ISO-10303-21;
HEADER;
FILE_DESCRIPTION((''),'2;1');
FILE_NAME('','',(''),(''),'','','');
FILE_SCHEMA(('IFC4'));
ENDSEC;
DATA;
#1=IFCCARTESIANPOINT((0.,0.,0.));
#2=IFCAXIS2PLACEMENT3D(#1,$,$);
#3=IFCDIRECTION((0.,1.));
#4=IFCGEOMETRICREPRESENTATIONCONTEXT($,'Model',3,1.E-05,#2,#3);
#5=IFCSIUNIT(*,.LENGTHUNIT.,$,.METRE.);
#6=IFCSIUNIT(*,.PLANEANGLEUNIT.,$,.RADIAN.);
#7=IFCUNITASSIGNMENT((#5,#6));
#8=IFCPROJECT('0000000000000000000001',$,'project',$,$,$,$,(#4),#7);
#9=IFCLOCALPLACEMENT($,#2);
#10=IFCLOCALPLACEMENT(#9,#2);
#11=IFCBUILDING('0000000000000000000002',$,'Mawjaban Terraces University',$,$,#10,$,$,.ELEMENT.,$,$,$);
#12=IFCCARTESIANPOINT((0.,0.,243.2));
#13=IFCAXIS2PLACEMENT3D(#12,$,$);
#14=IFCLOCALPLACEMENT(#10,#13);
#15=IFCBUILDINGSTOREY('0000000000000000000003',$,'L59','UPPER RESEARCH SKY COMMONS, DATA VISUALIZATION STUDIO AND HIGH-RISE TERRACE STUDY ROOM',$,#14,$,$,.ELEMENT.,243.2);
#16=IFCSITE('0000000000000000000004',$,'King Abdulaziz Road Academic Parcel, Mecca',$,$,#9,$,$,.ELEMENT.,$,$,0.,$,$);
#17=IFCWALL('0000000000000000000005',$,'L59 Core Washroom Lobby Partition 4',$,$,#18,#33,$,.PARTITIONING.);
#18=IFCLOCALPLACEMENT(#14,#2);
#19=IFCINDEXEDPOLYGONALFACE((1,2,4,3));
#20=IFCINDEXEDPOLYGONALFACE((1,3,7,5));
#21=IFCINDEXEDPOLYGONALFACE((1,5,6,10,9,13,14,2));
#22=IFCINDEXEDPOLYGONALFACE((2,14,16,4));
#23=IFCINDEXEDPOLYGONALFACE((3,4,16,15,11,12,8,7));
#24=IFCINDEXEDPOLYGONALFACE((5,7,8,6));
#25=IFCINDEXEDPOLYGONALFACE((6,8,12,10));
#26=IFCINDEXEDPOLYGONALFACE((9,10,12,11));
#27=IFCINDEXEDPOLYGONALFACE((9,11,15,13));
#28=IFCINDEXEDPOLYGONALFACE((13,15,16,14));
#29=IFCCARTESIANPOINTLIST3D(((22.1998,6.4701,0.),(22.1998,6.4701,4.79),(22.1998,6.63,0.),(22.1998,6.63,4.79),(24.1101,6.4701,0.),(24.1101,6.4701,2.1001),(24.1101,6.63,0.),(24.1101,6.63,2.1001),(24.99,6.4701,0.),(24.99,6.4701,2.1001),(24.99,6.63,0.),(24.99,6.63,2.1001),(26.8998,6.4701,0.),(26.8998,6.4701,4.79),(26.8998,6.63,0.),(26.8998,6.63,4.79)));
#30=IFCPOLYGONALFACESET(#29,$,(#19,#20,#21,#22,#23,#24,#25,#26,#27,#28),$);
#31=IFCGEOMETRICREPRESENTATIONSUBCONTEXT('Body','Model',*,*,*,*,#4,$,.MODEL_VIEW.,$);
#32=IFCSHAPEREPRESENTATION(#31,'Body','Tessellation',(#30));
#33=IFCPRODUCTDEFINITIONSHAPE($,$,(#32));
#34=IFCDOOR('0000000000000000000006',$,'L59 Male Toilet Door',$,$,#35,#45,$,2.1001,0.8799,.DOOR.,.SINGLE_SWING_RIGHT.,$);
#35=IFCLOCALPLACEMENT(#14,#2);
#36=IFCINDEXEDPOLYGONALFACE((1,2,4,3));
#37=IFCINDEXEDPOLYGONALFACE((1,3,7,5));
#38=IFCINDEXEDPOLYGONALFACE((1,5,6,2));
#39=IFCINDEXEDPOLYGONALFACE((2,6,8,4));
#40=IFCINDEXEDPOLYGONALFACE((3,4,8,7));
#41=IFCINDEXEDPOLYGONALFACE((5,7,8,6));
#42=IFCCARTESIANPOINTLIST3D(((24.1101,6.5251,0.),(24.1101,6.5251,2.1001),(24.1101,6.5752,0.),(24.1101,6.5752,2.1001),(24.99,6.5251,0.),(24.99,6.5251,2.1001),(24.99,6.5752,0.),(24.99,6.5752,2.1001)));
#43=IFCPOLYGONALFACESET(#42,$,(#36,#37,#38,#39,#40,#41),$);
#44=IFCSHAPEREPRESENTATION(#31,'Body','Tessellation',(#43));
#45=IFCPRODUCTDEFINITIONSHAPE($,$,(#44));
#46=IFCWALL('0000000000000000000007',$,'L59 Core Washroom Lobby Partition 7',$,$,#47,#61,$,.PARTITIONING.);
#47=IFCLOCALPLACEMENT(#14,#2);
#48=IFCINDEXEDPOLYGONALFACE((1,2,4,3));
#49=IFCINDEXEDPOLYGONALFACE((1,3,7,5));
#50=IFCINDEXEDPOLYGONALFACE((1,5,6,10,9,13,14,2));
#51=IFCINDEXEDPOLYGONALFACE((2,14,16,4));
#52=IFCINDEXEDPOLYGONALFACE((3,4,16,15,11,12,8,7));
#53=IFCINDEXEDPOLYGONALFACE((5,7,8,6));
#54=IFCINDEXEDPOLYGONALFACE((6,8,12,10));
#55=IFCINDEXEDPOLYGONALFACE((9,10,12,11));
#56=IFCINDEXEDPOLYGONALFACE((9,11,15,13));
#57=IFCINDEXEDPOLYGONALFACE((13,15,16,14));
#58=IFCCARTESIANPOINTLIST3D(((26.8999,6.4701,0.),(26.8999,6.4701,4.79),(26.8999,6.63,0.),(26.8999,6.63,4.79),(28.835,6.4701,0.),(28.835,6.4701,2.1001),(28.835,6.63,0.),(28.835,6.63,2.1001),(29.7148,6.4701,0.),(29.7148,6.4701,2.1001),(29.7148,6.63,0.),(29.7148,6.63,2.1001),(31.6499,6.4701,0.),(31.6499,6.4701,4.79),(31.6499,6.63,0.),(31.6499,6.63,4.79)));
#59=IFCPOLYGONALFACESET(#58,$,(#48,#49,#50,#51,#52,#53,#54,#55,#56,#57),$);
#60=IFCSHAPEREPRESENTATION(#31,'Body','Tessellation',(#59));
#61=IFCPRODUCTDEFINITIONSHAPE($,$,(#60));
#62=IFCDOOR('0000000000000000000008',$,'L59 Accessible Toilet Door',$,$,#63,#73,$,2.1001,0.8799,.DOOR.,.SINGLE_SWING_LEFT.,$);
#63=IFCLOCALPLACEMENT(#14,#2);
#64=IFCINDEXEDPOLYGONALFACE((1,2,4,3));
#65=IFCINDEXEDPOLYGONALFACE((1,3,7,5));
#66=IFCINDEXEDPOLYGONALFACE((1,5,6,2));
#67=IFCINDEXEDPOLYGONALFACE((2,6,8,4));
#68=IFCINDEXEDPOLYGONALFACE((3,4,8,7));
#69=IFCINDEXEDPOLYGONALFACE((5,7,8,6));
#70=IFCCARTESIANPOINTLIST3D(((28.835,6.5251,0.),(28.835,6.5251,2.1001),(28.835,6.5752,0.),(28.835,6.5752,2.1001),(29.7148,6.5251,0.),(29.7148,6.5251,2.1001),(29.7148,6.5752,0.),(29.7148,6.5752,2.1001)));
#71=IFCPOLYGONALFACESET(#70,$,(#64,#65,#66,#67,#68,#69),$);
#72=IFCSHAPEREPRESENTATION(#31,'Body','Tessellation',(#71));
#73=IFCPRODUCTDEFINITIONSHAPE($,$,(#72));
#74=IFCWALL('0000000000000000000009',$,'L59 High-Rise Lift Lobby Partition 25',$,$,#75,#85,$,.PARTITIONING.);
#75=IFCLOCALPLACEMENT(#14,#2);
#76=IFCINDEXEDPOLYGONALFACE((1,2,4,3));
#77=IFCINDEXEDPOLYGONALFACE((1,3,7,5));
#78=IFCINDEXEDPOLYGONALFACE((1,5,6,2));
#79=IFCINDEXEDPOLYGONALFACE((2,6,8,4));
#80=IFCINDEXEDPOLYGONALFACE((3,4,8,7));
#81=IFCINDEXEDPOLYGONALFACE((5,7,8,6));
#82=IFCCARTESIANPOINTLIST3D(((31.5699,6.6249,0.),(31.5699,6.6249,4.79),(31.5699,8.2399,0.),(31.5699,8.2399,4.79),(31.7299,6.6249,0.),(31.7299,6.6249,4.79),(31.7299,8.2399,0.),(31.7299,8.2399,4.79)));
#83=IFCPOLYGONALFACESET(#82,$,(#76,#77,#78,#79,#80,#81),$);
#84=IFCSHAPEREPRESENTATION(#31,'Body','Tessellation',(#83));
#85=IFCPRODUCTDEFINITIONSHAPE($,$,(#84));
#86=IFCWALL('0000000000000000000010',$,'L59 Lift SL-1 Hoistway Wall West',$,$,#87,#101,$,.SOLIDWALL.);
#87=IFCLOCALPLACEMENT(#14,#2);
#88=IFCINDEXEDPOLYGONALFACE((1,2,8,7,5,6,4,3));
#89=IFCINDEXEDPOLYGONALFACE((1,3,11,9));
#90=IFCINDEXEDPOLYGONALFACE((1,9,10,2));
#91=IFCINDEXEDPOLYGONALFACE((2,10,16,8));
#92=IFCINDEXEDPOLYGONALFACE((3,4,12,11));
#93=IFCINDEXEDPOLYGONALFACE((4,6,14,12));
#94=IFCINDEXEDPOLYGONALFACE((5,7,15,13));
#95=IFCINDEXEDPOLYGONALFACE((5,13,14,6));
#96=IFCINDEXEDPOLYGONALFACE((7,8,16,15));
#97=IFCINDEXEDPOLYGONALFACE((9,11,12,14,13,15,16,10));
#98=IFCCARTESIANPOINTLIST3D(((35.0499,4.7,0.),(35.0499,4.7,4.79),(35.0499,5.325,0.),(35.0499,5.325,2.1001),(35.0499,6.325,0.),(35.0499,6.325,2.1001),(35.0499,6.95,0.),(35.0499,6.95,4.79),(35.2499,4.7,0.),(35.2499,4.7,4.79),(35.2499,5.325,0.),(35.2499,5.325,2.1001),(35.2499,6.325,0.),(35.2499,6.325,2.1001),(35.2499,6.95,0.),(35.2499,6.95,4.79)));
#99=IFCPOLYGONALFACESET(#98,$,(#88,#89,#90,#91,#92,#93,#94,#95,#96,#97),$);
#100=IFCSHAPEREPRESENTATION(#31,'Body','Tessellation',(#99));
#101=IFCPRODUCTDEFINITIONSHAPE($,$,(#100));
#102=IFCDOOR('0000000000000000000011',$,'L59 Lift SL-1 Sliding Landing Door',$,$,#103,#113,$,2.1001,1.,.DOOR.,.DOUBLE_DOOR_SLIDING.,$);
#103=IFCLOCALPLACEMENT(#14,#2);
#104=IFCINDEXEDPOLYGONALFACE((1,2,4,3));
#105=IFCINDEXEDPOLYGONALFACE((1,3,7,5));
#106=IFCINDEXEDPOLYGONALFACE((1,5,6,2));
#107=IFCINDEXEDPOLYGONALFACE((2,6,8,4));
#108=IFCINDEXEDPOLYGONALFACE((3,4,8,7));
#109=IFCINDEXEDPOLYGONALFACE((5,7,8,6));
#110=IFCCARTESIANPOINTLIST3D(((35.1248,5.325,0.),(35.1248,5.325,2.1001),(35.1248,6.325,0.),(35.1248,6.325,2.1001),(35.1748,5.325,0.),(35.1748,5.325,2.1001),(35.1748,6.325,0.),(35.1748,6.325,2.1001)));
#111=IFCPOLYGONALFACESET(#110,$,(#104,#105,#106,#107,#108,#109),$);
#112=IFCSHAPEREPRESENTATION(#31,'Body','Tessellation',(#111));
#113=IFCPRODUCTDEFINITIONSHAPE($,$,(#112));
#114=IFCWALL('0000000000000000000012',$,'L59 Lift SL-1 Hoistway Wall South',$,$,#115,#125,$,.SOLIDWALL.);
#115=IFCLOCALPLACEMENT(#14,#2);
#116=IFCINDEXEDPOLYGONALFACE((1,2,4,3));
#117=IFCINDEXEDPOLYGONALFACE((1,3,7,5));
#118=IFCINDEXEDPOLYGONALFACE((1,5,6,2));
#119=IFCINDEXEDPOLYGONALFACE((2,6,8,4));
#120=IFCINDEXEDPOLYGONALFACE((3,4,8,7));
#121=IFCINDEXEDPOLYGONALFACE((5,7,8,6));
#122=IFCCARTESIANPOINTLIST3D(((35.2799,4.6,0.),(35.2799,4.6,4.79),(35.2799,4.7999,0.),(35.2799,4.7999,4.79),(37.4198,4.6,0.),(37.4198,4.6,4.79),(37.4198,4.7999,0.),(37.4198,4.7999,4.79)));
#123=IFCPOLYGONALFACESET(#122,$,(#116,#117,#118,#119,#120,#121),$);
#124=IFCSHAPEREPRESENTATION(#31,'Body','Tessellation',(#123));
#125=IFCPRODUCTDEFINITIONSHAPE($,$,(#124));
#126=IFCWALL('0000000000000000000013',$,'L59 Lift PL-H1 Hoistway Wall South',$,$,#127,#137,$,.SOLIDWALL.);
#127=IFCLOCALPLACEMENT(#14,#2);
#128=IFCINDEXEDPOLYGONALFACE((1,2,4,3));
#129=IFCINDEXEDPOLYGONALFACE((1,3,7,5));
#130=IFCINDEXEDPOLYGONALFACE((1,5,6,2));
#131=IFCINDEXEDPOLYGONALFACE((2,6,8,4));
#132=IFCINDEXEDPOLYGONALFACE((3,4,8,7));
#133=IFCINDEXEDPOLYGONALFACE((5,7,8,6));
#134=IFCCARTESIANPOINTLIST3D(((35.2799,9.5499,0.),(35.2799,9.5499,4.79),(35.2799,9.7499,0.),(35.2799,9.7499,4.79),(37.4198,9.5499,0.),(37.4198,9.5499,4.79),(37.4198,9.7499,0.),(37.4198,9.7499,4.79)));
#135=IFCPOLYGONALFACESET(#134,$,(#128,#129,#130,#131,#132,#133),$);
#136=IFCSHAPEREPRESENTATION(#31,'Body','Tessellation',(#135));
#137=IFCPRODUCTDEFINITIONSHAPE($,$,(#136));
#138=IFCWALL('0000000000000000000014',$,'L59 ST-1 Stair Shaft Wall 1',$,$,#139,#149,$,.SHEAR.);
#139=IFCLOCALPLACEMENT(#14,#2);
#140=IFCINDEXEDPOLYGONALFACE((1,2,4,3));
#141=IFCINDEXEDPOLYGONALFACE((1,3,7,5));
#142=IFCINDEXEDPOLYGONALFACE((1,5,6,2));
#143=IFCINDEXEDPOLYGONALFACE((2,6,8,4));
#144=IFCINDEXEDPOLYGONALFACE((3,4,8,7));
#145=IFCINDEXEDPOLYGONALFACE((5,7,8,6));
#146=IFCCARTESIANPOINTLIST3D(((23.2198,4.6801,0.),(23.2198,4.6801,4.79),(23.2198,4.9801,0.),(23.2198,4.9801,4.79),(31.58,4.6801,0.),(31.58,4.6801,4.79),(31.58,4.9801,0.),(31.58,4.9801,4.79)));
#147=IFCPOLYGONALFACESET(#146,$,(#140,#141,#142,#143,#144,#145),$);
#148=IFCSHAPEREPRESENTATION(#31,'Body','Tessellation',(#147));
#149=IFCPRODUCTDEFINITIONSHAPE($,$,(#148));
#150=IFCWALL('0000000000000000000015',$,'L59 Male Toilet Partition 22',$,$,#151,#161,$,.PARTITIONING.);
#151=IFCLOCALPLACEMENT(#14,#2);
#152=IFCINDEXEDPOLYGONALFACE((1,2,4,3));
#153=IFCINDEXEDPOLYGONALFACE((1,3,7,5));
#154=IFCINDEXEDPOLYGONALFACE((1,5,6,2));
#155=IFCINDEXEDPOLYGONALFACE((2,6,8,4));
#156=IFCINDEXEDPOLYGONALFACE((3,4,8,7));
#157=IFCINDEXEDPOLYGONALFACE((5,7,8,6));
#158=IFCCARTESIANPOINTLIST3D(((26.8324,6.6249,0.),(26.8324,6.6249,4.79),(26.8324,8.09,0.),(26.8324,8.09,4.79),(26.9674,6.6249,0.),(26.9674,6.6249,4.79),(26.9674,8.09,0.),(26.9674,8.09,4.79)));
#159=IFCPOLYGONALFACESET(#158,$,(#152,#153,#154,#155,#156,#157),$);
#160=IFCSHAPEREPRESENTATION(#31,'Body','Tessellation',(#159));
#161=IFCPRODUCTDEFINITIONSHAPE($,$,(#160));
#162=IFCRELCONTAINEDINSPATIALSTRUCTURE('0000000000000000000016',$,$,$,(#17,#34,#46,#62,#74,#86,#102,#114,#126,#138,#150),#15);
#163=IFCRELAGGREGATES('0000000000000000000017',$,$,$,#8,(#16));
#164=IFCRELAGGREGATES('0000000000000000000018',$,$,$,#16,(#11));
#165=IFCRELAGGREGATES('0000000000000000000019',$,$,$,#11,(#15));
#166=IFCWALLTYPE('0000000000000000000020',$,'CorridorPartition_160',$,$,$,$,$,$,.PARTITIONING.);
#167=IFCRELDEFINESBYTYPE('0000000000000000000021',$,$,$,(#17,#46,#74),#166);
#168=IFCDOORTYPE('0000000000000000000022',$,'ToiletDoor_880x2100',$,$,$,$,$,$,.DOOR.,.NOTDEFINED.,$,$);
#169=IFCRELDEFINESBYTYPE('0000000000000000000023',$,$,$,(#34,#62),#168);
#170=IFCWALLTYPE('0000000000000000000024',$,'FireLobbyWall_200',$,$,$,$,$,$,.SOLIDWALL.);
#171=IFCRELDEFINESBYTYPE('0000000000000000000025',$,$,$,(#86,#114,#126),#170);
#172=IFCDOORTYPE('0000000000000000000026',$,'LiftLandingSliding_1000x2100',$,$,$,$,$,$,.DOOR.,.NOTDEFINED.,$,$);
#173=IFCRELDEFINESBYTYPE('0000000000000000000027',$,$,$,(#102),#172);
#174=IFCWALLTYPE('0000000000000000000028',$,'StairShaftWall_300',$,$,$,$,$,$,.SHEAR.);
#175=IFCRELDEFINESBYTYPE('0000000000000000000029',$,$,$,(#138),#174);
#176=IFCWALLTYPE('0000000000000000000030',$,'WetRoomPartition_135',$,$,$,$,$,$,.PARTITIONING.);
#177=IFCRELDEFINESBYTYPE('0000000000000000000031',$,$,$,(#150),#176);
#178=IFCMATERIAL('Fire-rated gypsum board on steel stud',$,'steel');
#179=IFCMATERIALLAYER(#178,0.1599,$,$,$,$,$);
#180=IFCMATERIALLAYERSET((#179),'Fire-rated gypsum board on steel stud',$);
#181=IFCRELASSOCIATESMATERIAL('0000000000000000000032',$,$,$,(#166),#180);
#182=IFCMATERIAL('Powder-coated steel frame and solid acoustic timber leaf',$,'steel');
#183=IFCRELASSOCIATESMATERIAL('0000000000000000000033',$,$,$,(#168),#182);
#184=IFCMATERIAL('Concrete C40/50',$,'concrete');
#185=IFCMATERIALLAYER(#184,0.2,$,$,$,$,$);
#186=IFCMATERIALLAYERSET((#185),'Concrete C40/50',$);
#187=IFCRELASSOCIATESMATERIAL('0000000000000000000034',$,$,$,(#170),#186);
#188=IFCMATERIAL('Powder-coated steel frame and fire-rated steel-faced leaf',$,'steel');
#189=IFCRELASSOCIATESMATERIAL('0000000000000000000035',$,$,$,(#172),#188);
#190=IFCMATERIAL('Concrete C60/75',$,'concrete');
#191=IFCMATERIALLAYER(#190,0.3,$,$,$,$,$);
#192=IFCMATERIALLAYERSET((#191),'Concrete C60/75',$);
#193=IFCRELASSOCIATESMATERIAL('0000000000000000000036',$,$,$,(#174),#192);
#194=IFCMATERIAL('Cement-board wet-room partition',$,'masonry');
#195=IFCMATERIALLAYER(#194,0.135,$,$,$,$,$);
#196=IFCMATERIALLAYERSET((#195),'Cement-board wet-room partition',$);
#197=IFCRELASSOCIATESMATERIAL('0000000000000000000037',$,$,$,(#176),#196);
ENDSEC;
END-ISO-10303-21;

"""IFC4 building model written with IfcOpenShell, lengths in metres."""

from ifc_helpers import new_model, si_unit, direction, frame, frame_2d, origin, place, context, subcontext, project, spatial, rectangle, extrude, material, layer, layer_set, type_object, element, fill, save


model = new_model("IFC4")

# Units and contexts
model_context = context("Model", 3, precision=1e-05, world=origin(), true_north=direction((0.0, 1.0)))
body_context = subcontext(model_context, "Body", "Model", "MODEL_VIEW")
ifc_project = project(units=[si_unit("LENGTHUNIT", "METRE"), si_unit("PLANEANGLEUNIT", "RADIAN")], contexts=[model_context])

# Site, building, storey
site_placement = place(None, origin())
site = spatial("IfcSite", under=ifc_project, at=site_placement, Name="King Abdulaziz Road Academic Parcel, Mecca", CompositionType="ELEMENT", RefElevation=0.0)
building_placement = place(site_placement, origin())
building = spatial("IfcBuilding", under=site, at=building_placement, Name="Mawjaban Terraces University", CompositionType="ELEMENT")
storey_placement = place(building_placement, frame((0.0, 0.0, 243.2)))
storey = spatial("IfcBuildingStorey", under=building, at=storey_placement, Name="L59", Description="UPPER RESEARCH SKY COMMONS, DATA VISUALIZATION STUDIO AND HIGH-RISE TERRACE STUDY ROOM", CompositionType="ELEMENT", Elevation=243.2)

# Walls, openings, doors
ifc_material_1 = material(Name="Fire-rated gypsum board on steel stud", Category="steel")
ifc_layer_1 = layer(ifc_material_1, 0.1599)
ifc_layer_set_1 = layer_set([ifc_layer_1], Name="Fire-rated gypsum board on steel stud")
wall_type_1 = type_object("IfcWallType", Name="CorridorPartition_160", PredefinedType="PARTITIONING", material=ifc_layer_set_1)
wall_1_placement = place(storey_placement, frame((26.8999, 6.55, 0.0), z_axis=(0.0, 0.0, 1.0), x_axis=(-1.0, 0.0, 0.0)))
wall_1 = element("IfcWall", 1, at=wall_1_placement, inside=storey, type_object=wall_type_1, Name="L59 Core Washroom Lobby Partition 4", PredefinedType="PARTITIONING", context=body_context, shape_type="SweptSolid", body=[
    extrude(rectangle(XDim=4.7, YDim=0.1599, at=frame_2d((2.3501, 0.0))), origin(), (0.0, 0.0, 1.0), 4.79),
])
opening_1_placement = place(wall_1_placement, frame((1.9099, 0.0, 0.0)))
opening_1 = element("IfcOpeningElement", 2, at=opening_1_placement, cuts=wall_1, PredefinedType="OPENING", context=body_context, shape_type="SweptSolid", body=[
    extrude(rectangle(XDim=0.8799, YDim=2.1001, at=frame_2d((0.4399, 1.05))), frame((0.0, 0.0898, 0.0), z_axis=(0.0, -1.0, 0.0), x_axis=(1.0, 0.0, 0.0)), (0.0, 0.0, 1.0), 0.1799),
])
ifc_material_2 = material(Name="Powder-coated steel frame and solid acoustic timber leaf", Category="steel")
door_type_1 = type_object("IfcDoorType", Name="ToiletDoor_880x2100", OperationType="NOTDEFINED", PredefinedType="DOOR", material=ifc_material_2)
door_1_placement = place(opening_1_placement, origin())
door_1 = element("IfcDoor", 3, at=door_1_placement, inside=storey, type_object=door_type_1, Name="L59 Male Toilet Door", OperationType="SINGLE_SWING_RIGHT", OverallHeight=2.1001, OverallWidth=0.8799, PredefinedType="DOOR", context=body_context, shape_type="SweptSolid", body=[
    extrude(rectangle(XDim=0.8799, YDim=2.1001, at=frame_2d((0.4399, 1.05))), frame((0.0, 0.0249, 0.0), z_axis=(0.0, -1.0, 0.0), x_axis=(1.0, 0.0, 0.0)), (0.0, 0.0, 1.0), 0.05),
])
fill(opening_1, door_1)
wall_2_placement = place(storey_placement, frame((31.6499, 6.55, 0.0), z_axis=(0.0, 0.0, 1.0), x_axis=(-1.0, 0.0, 0.0)))
wall_2 = element("IfcWall", 4, at=wall_2_placement, inside=storey, type_object=wall_type_1, Name="L59 Core Washroom Lobby Partition 7", PredefinedType="PARTITIONING", context=body_context, shape_type="SweptSolid", body=[
    extrude(rectangle(XDim=4.75, YDim=0.1599, at=frame_2d((2.375, 0.0))), origin(), (0.0, 0.0, 1.0), 4.79),
])
opening_2_placement = place(wall_2_placement, frame((1.9351, 0.0, 0.0)))
opening_2 = element("IfcOpeningElement", 5, at=opening_2_placement, cuts=wall_2, PredefinedType="OPENING", context=body_context, shape_type="SweptSolid", body=[
    extrude(rectangle(XDim=0.8799, YDim=2.1001, at=frame_2d((0.4399, 1.05))), frame((0.0, 0.0898, 0.0), z_axis=(0.0, -1.0, 0.0), x_axis=(1.0, 0.0, 0.0)), (0.0, 0.0, 1.0), 0.1799),
])
door_2_placement = place(opening_2_placement, origin())
door_2 = element("IfcDoor", 6, at=door_2_placement, inside=storey, type_object=door_type_1, Name="L59 Accessible Toilet Door", OperationType="SINGLE_SWING_LEFT", OverallHeight=2.1001, OverallWidth=0.8799, PredefinedType="DOOR", context=body_context, shape_type="SweptSolid", body=[
    extrude(rectangle(XDim=0.8799, YDim=2.1001, at=frame_2d((0.4399, 1.05))), frame((0.0, 0.0249, 0.0), z_axis=(0.0, -1.0, 0.0), x_axis=(1.0, 0.0, 0.0)), (0.0, 0.0, 1.0), 0.05),
])
fill(opening_2, door_2)

# Wall
wall_3_placement = place(storey_placement, frame((31.6499, 8.24, 0.0), z_axis=(0.0, 0.0, 1.0), x_axis=(0.0, -1.0, 0.0)))
element("IfcWall", 7, at=wall_3_placement, inside=storey, type_object=wall_type_1, Name="L59 High-Rise Lift Lobby Partition 25", PredefinedType="PARTITIONING", context=body_context, shape_type="SweptSolid", body=[
    extrude(rectangle(XDim=1.615, YDim=0.1599, at=frame_2d((0.8076, 0.0))), origin(), (0.0, 0.0, 1.0), 4.79),
])

# Wall, opening, door
ifc_material_3 = material(Name="Concrete C40/50", Category="concrete")
ifc_layer_2 = layer(ifc_material_3, 0.2)
ifc_layer_set_2 = layer_set([ifc_layer_2], Name="Concrete C40/50")
wall_type_2 = type_object("IfcWallType", Name="FireLobbyWall_200", PredefinedType="SOLIDWALL", material=ifc_layer_set_2)
ifc_material_4 = material(Name="Powder-coated steel frame and fire-rated steel-faced leaf", Category="steel")
wall_4_placement = place(storey_placement, frame((35.1499, 6.95, 0.0), z_axis=(0.0, 0.0, 1.0), x_axis=(0.0, -1.0, 0.0)))
wall_4 = element("IfcWall", 8, at=wall_4_placement, inside=storey, type_object=wall_type_2, Name="L59 Lift SL-1 Hoistway Wall West", PredefinedType="SOLIDWALL", context=body_context, shape_type="SweptSolid", body=[
    extrude(rectangle(XDim=2.25, YDim=0.2, at=frame_2d((1.125, 0.0))), origin(), (0.0, 0.0, 1.0), 4.79),
])
opening_3_placement = place(wall_4_placement, frame((0.625, 0.0, 0.0)))
opening_3 = element("IfcOpeningElement", 9, at=opening_3_placement, cuts=wall_4, PredefinedType="OPENING", context=body_context, shape_type="SweptSolid", body=[
    extrude(rectangle(XDim=1.0, YDim=2.1001, at=frame_2d((0.5, 1.05))), frame((0.0, 0.1099, 0.0), z_axis=(0.0, -1.0, 0.0), x_axis=(1.0, 0.0, 0.0)), (0.0, 0.0, 1.0), 0.22),
])
door_type_2 = type_object("IfcDoorType", Name="LiftLandingSliding_1000x2100", OperationType="NOTDEFINED", PredefinedType="DOOR", material=ifc_material_4)
door_3_placement = place(opening_3_placement, origin())
door_3 = element("IfcDoor", 10, at=door_3_placement, inside=storey, type_object=door_type_2, Name="L59 Lift SL-1 Sliding Landing Door", OperationType="DOUBLE_DOOR_SLIDING", OverallHeight=2.1001, OverallWidth=1.0, PredefinedType="DOOR", context=body_context, shape_type="SweptSolid", body=[
    extrude(rectangle(XDim=1.0, YDim=2.1001, at=frame_2d((0.5, 1.05))), frame((0.0, 0.0249, 0.0), z_axis=(0.0, -1.0, 0.0), x_axis=(1.0, 0.0, 0.0)), (0.0, 0.0, 1.0), 0.05),
])
fill(opening_3, door_3)

# Walls
for number, where, z_axis, x_axis, name in (
    (11, (35.28, 4.7, 0.0), (0.0, 0.0, 1.0), (1.0, 0.0, 0.0), "L59 Lift SL-1 Hoistway Wall South"),
    (12, (35.28, 9.6499, 0.0), (0.0, 0.0, 1.0), (1.0, 0.0, 0.0), "L59 Lift PL-H1 Hoistway Wall South"),
):
    element("IfcWall", number, at=place(storey_placement, frame(where, z_axis=z_axis, x_axis=x_axis)), inside=storey, type_object=wall_type_2, Name=name, PredefinedType="SOLIDWALL", context=body_context, shape_type="SweptSolid", body=[
        extrude(rectangle(XDim=2.1399, YDim=0.2, at=frame_2d((1.0698, 0.0))), origin(), (0.0, 0.0, 1.0), 4.79),
    ])

# Wall
ifc_material_5 = material(Name="Concrete C60/75", Category="concrete")
ifc_layer_3 = layer(ifc_material_5, 0.3)
ifc_layer_set_3 = layer_set([ifc_layer_3], Name="Concrete C60/75")
wall_type_3 = type_object("IfcWallType", Name="StairShaftWall_300", PredefinedType="SHEAR", material=ifc_layer_set_3)
wall_5_placement = place(storey_placement, frame((31.5801, 4.8301, 0.0), z_axis=(0.0, 0.0, 1.0), x_axis=(-1.0, 0.0, 0.0)))
element("IfcWall", 13, at=wall_5_placement, inside=storey, type_object=wall_type_3, Name="L59 ST-1 Stair Shaft Wall 1", PredefinedType="SHEAR", context=body_context, shape_type="SweptSolid", body=[
    extrude(rectangle(XDim=8.3601, YDim=0.3, at=frame_2d((4.1802, 0.0))), origin(), (0.0, 0.0, 1.0), 4.79),
])

# Wall
ifc_material_6 = material(Name="Cement-board wet-room partition", Category="masonry")
ifc_layer_4 = layer(ifc_material_6, 0.135)
ifc_layer_set_4 = layer_set([ifc_layer_4], Name="Cement-board wet-room partition")
wall_type_4 = type_object("IfcWallType", Name="WetRoomPartition_135", PredefinedType="PARTITIONING", material=ifc_layer_set_4)
wall_6_placement = place(storey_placement, frame((26.8999, 6.625, 0.0), z_axis=(0.0, 0.0, 1.0), x_axis=(0.0, 1.0, 0.0)))
element("IfcWall", 14, at=wall_6_placement, inside=storey, type_object=wall_type_4, Name="L59 Male Toilet Partition 22", PredefinedType="PARTITIONING", context=body_context, shape_type="SweptSolid", body=[
    extrude(rectangle(XDim=1.4651, YDim=0.135, at=frame_2d((0.7324, 0.0))), origin(), (0.0, 0.0, 1.0), 4.79),
])

save(model, "model.ifc")
